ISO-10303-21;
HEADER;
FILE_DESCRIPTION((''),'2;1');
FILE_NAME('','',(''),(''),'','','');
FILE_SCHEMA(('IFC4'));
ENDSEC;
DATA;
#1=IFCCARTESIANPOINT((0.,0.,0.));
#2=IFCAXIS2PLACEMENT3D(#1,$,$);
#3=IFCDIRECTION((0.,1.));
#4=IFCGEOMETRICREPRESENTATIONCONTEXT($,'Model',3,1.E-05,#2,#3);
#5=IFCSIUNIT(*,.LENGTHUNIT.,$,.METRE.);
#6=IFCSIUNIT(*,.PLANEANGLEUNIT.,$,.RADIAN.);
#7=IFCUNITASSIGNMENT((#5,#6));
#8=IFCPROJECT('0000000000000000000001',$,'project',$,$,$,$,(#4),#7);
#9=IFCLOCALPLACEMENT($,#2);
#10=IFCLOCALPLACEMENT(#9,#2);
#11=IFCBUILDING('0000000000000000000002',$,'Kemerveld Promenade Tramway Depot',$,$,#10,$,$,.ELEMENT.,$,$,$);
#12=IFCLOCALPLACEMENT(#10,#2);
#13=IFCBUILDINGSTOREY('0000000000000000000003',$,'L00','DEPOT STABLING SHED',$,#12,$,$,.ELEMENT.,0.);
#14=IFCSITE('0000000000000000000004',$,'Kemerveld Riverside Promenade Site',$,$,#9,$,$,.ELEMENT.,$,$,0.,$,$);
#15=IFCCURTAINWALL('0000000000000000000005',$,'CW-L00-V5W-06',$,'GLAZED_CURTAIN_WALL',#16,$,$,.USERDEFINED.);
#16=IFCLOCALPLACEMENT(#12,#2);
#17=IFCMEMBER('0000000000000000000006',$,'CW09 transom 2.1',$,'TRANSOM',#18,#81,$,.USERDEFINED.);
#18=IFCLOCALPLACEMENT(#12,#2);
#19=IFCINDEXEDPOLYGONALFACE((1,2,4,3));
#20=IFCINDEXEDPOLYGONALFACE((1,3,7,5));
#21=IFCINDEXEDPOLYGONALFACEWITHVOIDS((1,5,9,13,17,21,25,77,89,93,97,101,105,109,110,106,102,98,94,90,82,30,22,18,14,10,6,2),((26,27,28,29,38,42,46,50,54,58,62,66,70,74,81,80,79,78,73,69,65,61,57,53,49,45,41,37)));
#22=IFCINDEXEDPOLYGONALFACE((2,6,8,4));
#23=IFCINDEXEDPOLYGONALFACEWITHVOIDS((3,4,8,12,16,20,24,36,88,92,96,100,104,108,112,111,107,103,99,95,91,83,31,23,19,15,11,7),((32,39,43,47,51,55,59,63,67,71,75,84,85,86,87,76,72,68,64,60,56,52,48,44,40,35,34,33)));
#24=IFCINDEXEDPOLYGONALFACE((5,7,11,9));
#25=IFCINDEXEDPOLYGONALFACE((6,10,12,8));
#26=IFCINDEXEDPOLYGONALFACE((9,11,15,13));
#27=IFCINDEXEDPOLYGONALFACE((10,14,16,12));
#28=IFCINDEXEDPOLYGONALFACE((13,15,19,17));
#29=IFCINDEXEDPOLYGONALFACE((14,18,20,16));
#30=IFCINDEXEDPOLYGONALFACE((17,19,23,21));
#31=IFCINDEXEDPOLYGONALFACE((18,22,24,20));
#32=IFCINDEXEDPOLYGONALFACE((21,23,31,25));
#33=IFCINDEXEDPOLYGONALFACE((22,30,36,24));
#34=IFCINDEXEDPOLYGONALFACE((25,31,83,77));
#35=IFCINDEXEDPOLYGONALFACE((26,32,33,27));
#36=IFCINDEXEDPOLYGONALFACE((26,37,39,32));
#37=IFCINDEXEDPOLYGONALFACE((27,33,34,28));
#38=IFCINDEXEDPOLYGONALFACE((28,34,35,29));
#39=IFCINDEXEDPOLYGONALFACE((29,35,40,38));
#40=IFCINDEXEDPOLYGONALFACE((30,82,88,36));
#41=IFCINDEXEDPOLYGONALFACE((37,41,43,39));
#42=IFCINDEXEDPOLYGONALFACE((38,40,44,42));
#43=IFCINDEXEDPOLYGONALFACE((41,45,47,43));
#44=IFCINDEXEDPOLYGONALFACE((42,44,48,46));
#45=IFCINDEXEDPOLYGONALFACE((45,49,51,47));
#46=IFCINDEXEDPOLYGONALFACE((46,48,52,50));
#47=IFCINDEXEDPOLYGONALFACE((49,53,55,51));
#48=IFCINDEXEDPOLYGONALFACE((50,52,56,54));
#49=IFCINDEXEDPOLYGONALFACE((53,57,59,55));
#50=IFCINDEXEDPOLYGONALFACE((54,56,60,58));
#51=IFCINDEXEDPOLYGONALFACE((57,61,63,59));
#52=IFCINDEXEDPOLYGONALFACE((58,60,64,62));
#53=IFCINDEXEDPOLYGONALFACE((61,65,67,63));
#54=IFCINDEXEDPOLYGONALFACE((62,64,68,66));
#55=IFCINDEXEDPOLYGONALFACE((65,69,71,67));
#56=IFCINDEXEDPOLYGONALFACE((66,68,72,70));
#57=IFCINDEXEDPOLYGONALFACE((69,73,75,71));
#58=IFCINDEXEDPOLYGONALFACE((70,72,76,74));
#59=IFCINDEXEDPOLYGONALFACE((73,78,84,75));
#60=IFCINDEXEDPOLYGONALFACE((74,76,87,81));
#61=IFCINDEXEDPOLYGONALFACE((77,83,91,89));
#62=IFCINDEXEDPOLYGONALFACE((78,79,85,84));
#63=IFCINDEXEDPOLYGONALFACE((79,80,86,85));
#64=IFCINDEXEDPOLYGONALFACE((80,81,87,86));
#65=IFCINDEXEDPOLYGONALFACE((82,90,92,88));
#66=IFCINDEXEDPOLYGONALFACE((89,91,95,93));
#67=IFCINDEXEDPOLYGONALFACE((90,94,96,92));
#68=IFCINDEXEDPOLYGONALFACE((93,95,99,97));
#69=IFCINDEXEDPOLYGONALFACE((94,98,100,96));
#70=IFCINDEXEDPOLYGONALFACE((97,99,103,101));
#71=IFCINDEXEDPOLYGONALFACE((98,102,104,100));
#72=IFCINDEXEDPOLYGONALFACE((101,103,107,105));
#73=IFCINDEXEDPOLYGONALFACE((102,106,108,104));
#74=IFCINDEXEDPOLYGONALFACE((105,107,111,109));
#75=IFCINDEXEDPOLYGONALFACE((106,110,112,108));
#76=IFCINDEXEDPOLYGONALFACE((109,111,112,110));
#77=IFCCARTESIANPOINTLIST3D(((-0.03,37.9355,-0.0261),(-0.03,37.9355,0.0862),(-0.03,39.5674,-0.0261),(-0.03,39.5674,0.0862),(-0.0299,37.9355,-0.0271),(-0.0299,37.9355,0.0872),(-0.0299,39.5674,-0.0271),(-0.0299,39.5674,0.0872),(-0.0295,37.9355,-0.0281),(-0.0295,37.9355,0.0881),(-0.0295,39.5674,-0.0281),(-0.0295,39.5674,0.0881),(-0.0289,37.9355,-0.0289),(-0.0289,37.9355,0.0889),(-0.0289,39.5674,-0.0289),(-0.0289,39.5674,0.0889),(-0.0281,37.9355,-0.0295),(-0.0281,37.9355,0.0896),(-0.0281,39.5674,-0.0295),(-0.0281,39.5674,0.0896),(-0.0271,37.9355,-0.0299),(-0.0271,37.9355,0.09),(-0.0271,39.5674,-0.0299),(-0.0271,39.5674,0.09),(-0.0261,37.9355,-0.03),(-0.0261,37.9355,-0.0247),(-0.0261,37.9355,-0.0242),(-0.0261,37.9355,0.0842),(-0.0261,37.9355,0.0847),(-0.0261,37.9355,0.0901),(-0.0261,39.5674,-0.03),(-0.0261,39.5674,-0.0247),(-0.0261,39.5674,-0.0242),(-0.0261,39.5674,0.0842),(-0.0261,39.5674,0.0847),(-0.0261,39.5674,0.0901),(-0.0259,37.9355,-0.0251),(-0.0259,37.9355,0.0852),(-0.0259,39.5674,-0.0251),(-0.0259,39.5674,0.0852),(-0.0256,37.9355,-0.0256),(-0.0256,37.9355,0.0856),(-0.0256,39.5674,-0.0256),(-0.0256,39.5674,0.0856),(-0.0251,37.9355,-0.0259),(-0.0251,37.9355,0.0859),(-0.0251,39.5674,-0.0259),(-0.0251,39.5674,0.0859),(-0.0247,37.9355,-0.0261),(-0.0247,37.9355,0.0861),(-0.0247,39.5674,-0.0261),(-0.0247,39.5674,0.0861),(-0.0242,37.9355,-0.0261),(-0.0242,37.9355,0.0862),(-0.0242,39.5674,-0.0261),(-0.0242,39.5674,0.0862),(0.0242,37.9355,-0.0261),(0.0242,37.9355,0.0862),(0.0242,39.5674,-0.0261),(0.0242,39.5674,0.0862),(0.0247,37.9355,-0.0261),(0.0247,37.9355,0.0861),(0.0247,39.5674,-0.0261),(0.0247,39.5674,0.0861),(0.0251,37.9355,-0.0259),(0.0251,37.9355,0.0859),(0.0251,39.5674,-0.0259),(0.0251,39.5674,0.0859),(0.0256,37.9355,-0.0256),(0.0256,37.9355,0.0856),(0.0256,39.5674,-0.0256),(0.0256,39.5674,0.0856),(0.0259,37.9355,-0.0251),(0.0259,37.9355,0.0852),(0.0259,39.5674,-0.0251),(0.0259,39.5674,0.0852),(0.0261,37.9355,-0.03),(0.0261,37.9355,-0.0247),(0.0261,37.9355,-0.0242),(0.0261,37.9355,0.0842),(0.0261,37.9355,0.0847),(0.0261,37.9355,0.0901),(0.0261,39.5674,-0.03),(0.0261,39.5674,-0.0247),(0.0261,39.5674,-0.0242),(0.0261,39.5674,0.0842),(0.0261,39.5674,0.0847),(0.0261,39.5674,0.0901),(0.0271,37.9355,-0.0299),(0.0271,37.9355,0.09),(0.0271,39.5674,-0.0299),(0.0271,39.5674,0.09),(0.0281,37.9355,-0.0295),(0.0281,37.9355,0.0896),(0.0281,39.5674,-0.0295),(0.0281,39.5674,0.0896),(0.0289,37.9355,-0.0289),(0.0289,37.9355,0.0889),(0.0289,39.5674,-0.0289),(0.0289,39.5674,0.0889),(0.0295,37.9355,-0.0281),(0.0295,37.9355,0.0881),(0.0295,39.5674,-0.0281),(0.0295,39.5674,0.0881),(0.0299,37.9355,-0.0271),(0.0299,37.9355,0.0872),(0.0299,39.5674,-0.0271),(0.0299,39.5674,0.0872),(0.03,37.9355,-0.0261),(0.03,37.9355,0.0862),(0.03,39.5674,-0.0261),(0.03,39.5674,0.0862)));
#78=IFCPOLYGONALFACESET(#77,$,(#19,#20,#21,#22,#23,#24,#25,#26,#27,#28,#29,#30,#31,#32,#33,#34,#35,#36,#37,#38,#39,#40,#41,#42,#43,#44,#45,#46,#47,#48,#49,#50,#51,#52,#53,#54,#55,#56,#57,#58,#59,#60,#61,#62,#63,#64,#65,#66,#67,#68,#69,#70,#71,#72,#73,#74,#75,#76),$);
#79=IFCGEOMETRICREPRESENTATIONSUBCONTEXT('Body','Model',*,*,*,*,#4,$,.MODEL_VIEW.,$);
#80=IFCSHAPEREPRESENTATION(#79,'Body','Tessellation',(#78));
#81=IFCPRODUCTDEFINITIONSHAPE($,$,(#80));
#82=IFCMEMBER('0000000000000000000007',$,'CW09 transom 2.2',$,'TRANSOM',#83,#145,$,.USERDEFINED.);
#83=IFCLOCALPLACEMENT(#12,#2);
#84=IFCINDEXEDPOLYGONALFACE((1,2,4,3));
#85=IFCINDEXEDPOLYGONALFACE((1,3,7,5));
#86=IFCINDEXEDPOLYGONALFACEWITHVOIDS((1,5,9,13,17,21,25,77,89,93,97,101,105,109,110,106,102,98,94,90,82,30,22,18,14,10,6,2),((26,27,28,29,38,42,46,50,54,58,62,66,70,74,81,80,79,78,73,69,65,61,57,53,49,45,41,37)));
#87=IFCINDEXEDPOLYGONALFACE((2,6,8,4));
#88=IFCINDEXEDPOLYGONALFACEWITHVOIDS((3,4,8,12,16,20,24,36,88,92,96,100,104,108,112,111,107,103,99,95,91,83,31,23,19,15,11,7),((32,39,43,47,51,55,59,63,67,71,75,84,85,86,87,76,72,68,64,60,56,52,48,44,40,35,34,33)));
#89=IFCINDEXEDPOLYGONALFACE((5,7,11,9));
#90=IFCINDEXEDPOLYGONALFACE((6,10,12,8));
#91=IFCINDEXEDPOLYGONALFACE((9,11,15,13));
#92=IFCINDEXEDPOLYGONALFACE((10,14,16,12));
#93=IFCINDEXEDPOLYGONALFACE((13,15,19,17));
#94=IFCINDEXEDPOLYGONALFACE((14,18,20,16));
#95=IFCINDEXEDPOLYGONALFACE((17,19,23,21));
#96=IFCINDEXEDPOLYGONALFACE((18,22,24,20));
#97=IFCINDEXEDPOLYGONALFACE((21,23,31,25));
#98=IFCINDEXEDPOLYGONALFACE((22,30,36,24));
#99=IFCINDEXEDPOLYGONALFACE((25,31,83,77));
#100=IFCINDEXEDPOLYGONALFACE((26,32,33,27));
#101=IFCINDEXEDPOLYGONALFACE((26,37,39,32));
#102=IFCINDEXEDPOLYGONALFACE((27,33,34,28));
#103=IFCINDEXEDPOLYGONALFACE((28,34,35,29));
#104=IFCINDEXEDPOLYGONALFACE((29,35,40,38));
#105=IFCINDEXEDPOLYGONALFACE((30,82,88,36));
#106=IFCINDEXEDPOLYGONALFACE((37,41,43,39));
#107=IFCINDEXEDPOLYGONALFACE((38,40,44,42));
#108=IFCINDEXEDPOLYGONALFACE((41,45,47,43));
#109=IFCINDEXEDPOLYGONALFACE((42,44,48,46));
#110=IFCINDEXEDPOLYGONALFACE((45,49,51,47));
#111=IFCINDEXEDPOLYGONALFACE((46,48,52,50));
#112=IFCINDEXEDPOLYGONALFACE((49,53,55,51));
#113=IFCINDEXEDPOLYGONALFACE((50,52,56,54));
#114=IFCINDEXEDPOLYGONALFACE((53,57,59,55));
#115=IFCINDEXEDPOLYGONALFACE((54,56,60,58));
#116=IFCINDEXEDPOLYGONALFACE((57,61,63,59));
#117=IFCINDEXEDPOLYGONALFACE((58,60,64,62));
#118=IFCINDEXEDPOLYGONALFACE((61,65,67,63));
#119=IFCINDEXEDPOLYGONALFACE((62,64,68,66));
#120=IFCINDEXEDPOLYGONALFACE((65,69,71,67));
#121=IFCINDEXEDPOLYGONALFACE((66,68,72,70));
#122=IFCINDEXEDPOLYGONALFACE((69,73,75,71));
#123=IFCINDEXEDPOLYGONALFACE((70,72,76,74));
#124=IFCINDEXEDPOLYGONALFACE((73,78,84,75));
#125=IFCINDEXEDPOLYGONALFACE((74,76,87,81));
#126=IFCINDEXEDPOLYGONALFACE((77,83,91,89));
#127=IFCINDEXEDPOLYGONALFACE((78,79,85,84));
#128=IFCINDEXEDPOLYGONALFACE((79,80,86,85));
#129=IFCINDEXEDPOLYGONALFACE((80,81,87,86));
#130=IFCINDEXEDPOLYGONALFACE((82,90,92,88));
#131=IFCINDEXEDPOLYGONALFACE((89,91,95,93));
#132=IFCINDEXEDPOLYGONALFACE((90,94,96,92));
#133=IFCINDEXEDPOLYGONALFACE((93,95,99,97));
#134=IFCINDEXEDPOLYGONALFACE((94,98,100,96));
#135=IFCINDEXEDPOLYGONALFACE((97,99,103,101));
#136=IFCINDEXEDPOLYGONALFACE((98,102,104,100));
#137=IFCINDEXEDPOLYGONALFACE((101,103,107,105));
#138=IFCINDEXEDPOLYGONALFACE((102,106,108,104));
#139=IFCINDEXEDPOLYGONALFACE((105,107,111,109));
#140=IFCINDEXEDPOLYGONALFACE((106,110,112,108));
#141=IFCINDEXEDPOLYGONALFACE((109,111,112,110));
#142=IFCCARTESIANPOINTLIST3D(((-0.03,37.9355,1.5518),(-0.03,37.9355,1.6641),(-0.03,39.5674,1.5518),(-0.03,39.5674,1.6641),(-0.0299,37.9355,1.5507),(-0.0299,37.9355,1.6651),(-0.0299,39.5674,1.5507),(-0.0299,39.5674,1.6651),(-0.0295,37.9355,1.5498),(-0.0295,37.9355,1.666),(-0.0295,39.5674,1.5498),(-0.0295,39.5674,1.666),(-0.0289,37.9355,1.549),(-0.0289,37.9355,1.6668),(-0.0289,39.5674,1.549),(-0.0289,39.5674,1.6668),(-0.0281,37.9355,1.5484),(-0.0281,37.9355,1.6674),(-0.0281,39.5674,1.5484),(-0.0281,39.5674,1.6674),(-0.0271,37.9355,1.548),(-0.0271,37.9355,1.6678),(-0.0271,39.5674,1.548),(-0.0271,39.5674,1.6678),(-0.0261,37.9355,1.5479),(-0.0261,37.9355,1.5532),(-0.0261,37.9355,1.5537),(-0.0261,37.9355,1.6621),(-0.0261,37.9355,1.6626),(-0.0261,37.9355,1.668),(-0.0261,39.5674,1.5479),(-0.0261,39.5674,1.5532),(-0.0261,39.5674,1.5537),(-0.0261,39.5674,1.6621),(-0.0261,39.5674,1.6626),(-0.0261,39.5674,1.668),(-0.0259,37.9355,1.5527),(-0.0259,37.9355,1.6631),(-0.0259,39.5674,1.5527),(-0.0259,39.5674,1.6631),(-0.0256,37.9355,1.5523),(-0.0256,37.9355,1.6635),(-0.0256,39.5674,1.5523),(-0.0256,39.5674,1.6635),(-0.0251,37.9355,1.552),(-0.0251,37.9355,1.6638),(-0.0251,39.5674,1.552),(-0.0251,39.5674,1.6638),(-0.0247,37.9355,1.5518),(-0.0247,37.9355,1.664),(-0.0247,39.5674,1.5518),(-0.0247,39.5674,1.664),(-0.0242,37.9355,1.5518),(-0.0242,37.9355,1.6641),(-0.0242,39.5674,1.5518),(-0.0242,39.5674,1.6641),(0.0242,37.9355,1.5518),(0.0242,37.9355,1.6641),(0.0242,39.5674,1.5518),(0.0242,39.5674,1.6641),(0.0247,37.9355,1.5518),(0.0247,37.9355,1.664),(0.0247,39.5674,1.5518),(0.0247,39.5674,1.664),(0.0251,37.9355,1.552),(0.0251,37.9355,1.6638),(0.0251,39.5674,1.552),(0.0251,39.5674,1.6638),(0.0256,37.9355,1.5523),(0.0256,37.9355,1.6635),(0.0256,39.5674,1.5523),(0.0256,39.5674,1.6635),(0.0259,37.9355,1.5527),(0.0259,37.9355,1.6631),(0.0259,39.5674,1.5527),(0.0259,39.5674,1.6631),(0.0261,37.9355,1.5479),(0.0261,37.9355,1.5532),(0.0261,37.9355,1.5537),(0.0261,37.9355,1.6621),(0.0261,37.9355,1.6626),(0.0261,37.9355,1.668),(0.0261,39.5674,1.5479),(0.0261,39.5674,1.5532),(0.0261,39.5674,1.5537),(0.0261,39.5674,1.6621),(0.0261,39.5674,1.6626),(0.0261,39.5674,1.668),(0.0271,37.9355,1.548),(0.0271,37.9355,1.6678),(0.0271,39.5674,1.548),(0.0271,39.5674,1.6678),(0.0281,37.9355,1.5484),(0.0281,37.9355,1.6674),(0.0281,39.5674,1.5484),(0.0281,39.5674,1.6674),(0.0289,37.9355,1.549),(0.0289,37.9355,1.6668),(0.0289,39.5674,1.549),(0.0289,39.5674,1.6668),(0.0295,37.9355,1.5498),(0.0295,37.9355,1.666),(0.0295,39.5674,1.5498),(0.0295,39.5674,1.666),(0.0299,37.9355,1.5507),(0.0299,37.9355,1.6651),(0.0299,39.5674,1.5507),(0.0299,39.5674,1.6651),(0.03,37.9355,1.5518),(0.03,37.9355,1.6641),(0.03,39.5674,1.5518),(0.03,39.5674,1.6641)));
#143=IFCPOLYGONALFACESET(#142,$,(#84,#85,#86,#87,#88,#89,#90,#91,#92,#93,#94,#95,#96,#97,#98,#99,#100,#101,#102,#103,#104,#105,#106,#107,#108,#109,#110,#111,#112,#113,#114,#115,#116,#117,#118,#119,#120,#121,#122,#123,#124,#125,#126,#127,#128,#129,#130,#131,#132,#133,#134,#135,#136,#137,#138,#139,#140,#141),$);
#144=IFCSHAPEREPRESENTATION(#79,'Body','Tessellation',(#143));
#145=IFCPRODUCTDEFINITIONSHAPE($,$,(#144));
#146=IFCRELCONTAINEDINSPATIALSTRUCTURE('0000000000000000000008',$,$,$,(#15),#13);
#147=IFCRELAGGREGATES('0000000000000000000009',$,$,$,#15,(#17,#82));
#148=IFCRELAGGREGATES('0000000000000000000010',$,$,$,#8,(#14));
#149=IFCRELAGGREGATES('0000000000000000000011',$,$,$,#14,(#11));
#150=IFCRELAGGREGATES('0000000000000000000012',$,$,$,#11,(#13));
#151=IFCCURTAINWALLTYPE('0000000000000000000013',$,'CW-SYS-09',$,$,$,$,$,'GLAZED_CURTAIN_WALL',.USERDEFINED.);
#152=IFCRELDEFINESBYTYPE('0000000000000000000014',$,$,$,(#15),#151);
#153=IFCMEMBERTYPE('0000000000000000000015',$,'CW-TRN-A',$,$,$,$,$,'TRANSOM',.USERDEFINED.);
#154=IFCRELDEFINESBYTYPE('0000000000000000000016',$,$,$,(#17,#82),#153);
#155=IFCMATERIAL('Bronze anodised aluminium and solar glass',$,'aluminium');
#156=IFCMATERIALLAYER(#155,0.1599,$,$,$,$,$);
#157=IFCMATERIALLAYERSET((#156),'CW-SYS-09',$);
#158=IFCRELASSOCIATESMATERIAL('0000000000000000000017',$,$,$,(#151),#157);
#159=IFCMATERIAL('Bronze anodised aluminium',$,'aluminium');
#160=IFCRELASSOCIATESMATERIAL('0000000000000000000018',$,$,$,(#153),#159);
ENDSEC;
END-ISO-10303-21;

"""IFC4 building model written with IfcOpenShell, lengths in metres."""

from ifc_helpers import new_model, si_unit, direction, frame, origin, origin_2d, place, context, subcontext, project, spatial, hollow_rectangle, extrude, material, layer, layer_set, material_profile, profile_set, type_object, element, aggregate, save


model = new_model("IFC4")

# Units and contexts
model_context = context("Model", 3, precision=1e-05, world=origin(), true_north=direction((0.0, 1.0)))
body_context = subcontext(model_context, "Body", "Model", "MODEL_VIEW")
ifc_project = project(units=[si_unit("LENGTHUNIT", "METRE"), si_unit("PLANEANGLEUNIT", "RADIAN")], contexts=[model_context])

# Site, building, storey
site_placement = place(None, origin())
site = spatial("IfcSite", under=ifc_project, at=site_placement, Name="Kemerveld Riverside Promenade Site", CompositionType="ELEMENT", RefElevation=0.0)
building_placement = place(site_placement, origin())
building = spatial("IfcBuilding", under=site, at=building_placement, Name="Kemerveld Promenade Tramway Depot", CompositionType="ELEMENT")
storey_placement = place(building_placement, origin())
storey = spatial("IfcBuildingStorey", under=building, at=storey_placement, Name="L00", Description="DEPOT STABLING SHED", CompositionType="ELEMENT", Elevation=0.0)

# Curtain wall, members
ifc_material_1 = material(Name="Bronze anodised aluminium and solar glass", Category="aluminium")
ifc_layer_1 = layer(ifc_material_1, 0.1599)
ifc_layer_set_1 = layer_set([ifc_layer_1], Name="CW-SYS-09")
curtain_wall_type = type_object("IfcCurtainWallType", Name="CW-SYS-09", ElementType="GLAZED_CURTAIN_WALL", PredefinedType="USERDEFINED", material=ifc_layer_set_1)
curtain_wall_placement = place(storey_placement, origin())
curtain_wall = element("IfcCurtainWall", 1, at=curtain_wall_placement, inside=storey, type_object=curtain_wall_type, Name="CW-L00-V5W-06", ObjectType="GLAZED_CURTAIN_WALL", PredefinedType="USERDEFINED")
ifc_material_2 = material(Name="Bronze anodised aluminium", Category="aluminium")
ifc_material_profile_1 = material_profile(ifc_material_2, hollow_rectangle(XDim=0.0601, YDim=0.1201, WallThickness=0.0039, InnerFilletRadius=0.002, OuterFilletRadius=0.0039, at=origin_2d()), Name="CW-TRN-120x60")
ifc_profile_set_1 = profile_set([ifc_material_profile_1], Name="Bronze anodised aluminium")
member_type_1 = type_object("IfcMemberType", Name="CW-TRN-A", ElementType="TRANSOM", PredefinedType="USERDEFINED", material=ifc_profile_set_1)
member_1_placement = place(storey_placement, frame((0.0, 37.9355, 0.03), z_axis=(0.0, 1.0, 0.0), x_axis=(-1.0, 0.0, 0.0)))
member_1 = element("IfcMember", 2, at=member_1_placement, type_object=member_type_1, Name="CW09 transom 2.1", ObjectType="TRANSOM", PredefinedType="USERDEFINED", context=body_context, shape_type="SweptSolid", body=[
    extrude(hollow_rectangle(XDim=0.0601, YDim=0.1201, WallThickness=0.0039, InnerFilletRadius=0.002, OuterFilletRadius=0.0039, at=origin_2d()), origin(), (0.0, 0.0, 1.0), 1.6318),
])
member_2_placement = place(storey_placement, frame((0.0, 37.9355, 1.6079), z_axis=(0.0, 1.0, 0.0), x_axis=(-1.0, 0.0, 0.0)))
member_2 = element("IfcMember", 3, at=member_2_placement, type_object=member_type_1, Name="CW09 transom 2.2", ObjectType="TRANSOM", PredefinedType="USERDEFINED", context=body_context, shape_type="SweptSolid", body=[
    extrude(hollow_rectangle(XDim=0.0601, YDim=0.1201, WallThickness=0.0039, InnerFilletRadius=0.002, OuterFilletRadius=0.0039, at=origin_2d()), origin(), (0.0, 0.0, 1.0), 1.6318),
])
aggregate(curtain_wall, [member_1, member_2])

save(model, "model.ifc")
